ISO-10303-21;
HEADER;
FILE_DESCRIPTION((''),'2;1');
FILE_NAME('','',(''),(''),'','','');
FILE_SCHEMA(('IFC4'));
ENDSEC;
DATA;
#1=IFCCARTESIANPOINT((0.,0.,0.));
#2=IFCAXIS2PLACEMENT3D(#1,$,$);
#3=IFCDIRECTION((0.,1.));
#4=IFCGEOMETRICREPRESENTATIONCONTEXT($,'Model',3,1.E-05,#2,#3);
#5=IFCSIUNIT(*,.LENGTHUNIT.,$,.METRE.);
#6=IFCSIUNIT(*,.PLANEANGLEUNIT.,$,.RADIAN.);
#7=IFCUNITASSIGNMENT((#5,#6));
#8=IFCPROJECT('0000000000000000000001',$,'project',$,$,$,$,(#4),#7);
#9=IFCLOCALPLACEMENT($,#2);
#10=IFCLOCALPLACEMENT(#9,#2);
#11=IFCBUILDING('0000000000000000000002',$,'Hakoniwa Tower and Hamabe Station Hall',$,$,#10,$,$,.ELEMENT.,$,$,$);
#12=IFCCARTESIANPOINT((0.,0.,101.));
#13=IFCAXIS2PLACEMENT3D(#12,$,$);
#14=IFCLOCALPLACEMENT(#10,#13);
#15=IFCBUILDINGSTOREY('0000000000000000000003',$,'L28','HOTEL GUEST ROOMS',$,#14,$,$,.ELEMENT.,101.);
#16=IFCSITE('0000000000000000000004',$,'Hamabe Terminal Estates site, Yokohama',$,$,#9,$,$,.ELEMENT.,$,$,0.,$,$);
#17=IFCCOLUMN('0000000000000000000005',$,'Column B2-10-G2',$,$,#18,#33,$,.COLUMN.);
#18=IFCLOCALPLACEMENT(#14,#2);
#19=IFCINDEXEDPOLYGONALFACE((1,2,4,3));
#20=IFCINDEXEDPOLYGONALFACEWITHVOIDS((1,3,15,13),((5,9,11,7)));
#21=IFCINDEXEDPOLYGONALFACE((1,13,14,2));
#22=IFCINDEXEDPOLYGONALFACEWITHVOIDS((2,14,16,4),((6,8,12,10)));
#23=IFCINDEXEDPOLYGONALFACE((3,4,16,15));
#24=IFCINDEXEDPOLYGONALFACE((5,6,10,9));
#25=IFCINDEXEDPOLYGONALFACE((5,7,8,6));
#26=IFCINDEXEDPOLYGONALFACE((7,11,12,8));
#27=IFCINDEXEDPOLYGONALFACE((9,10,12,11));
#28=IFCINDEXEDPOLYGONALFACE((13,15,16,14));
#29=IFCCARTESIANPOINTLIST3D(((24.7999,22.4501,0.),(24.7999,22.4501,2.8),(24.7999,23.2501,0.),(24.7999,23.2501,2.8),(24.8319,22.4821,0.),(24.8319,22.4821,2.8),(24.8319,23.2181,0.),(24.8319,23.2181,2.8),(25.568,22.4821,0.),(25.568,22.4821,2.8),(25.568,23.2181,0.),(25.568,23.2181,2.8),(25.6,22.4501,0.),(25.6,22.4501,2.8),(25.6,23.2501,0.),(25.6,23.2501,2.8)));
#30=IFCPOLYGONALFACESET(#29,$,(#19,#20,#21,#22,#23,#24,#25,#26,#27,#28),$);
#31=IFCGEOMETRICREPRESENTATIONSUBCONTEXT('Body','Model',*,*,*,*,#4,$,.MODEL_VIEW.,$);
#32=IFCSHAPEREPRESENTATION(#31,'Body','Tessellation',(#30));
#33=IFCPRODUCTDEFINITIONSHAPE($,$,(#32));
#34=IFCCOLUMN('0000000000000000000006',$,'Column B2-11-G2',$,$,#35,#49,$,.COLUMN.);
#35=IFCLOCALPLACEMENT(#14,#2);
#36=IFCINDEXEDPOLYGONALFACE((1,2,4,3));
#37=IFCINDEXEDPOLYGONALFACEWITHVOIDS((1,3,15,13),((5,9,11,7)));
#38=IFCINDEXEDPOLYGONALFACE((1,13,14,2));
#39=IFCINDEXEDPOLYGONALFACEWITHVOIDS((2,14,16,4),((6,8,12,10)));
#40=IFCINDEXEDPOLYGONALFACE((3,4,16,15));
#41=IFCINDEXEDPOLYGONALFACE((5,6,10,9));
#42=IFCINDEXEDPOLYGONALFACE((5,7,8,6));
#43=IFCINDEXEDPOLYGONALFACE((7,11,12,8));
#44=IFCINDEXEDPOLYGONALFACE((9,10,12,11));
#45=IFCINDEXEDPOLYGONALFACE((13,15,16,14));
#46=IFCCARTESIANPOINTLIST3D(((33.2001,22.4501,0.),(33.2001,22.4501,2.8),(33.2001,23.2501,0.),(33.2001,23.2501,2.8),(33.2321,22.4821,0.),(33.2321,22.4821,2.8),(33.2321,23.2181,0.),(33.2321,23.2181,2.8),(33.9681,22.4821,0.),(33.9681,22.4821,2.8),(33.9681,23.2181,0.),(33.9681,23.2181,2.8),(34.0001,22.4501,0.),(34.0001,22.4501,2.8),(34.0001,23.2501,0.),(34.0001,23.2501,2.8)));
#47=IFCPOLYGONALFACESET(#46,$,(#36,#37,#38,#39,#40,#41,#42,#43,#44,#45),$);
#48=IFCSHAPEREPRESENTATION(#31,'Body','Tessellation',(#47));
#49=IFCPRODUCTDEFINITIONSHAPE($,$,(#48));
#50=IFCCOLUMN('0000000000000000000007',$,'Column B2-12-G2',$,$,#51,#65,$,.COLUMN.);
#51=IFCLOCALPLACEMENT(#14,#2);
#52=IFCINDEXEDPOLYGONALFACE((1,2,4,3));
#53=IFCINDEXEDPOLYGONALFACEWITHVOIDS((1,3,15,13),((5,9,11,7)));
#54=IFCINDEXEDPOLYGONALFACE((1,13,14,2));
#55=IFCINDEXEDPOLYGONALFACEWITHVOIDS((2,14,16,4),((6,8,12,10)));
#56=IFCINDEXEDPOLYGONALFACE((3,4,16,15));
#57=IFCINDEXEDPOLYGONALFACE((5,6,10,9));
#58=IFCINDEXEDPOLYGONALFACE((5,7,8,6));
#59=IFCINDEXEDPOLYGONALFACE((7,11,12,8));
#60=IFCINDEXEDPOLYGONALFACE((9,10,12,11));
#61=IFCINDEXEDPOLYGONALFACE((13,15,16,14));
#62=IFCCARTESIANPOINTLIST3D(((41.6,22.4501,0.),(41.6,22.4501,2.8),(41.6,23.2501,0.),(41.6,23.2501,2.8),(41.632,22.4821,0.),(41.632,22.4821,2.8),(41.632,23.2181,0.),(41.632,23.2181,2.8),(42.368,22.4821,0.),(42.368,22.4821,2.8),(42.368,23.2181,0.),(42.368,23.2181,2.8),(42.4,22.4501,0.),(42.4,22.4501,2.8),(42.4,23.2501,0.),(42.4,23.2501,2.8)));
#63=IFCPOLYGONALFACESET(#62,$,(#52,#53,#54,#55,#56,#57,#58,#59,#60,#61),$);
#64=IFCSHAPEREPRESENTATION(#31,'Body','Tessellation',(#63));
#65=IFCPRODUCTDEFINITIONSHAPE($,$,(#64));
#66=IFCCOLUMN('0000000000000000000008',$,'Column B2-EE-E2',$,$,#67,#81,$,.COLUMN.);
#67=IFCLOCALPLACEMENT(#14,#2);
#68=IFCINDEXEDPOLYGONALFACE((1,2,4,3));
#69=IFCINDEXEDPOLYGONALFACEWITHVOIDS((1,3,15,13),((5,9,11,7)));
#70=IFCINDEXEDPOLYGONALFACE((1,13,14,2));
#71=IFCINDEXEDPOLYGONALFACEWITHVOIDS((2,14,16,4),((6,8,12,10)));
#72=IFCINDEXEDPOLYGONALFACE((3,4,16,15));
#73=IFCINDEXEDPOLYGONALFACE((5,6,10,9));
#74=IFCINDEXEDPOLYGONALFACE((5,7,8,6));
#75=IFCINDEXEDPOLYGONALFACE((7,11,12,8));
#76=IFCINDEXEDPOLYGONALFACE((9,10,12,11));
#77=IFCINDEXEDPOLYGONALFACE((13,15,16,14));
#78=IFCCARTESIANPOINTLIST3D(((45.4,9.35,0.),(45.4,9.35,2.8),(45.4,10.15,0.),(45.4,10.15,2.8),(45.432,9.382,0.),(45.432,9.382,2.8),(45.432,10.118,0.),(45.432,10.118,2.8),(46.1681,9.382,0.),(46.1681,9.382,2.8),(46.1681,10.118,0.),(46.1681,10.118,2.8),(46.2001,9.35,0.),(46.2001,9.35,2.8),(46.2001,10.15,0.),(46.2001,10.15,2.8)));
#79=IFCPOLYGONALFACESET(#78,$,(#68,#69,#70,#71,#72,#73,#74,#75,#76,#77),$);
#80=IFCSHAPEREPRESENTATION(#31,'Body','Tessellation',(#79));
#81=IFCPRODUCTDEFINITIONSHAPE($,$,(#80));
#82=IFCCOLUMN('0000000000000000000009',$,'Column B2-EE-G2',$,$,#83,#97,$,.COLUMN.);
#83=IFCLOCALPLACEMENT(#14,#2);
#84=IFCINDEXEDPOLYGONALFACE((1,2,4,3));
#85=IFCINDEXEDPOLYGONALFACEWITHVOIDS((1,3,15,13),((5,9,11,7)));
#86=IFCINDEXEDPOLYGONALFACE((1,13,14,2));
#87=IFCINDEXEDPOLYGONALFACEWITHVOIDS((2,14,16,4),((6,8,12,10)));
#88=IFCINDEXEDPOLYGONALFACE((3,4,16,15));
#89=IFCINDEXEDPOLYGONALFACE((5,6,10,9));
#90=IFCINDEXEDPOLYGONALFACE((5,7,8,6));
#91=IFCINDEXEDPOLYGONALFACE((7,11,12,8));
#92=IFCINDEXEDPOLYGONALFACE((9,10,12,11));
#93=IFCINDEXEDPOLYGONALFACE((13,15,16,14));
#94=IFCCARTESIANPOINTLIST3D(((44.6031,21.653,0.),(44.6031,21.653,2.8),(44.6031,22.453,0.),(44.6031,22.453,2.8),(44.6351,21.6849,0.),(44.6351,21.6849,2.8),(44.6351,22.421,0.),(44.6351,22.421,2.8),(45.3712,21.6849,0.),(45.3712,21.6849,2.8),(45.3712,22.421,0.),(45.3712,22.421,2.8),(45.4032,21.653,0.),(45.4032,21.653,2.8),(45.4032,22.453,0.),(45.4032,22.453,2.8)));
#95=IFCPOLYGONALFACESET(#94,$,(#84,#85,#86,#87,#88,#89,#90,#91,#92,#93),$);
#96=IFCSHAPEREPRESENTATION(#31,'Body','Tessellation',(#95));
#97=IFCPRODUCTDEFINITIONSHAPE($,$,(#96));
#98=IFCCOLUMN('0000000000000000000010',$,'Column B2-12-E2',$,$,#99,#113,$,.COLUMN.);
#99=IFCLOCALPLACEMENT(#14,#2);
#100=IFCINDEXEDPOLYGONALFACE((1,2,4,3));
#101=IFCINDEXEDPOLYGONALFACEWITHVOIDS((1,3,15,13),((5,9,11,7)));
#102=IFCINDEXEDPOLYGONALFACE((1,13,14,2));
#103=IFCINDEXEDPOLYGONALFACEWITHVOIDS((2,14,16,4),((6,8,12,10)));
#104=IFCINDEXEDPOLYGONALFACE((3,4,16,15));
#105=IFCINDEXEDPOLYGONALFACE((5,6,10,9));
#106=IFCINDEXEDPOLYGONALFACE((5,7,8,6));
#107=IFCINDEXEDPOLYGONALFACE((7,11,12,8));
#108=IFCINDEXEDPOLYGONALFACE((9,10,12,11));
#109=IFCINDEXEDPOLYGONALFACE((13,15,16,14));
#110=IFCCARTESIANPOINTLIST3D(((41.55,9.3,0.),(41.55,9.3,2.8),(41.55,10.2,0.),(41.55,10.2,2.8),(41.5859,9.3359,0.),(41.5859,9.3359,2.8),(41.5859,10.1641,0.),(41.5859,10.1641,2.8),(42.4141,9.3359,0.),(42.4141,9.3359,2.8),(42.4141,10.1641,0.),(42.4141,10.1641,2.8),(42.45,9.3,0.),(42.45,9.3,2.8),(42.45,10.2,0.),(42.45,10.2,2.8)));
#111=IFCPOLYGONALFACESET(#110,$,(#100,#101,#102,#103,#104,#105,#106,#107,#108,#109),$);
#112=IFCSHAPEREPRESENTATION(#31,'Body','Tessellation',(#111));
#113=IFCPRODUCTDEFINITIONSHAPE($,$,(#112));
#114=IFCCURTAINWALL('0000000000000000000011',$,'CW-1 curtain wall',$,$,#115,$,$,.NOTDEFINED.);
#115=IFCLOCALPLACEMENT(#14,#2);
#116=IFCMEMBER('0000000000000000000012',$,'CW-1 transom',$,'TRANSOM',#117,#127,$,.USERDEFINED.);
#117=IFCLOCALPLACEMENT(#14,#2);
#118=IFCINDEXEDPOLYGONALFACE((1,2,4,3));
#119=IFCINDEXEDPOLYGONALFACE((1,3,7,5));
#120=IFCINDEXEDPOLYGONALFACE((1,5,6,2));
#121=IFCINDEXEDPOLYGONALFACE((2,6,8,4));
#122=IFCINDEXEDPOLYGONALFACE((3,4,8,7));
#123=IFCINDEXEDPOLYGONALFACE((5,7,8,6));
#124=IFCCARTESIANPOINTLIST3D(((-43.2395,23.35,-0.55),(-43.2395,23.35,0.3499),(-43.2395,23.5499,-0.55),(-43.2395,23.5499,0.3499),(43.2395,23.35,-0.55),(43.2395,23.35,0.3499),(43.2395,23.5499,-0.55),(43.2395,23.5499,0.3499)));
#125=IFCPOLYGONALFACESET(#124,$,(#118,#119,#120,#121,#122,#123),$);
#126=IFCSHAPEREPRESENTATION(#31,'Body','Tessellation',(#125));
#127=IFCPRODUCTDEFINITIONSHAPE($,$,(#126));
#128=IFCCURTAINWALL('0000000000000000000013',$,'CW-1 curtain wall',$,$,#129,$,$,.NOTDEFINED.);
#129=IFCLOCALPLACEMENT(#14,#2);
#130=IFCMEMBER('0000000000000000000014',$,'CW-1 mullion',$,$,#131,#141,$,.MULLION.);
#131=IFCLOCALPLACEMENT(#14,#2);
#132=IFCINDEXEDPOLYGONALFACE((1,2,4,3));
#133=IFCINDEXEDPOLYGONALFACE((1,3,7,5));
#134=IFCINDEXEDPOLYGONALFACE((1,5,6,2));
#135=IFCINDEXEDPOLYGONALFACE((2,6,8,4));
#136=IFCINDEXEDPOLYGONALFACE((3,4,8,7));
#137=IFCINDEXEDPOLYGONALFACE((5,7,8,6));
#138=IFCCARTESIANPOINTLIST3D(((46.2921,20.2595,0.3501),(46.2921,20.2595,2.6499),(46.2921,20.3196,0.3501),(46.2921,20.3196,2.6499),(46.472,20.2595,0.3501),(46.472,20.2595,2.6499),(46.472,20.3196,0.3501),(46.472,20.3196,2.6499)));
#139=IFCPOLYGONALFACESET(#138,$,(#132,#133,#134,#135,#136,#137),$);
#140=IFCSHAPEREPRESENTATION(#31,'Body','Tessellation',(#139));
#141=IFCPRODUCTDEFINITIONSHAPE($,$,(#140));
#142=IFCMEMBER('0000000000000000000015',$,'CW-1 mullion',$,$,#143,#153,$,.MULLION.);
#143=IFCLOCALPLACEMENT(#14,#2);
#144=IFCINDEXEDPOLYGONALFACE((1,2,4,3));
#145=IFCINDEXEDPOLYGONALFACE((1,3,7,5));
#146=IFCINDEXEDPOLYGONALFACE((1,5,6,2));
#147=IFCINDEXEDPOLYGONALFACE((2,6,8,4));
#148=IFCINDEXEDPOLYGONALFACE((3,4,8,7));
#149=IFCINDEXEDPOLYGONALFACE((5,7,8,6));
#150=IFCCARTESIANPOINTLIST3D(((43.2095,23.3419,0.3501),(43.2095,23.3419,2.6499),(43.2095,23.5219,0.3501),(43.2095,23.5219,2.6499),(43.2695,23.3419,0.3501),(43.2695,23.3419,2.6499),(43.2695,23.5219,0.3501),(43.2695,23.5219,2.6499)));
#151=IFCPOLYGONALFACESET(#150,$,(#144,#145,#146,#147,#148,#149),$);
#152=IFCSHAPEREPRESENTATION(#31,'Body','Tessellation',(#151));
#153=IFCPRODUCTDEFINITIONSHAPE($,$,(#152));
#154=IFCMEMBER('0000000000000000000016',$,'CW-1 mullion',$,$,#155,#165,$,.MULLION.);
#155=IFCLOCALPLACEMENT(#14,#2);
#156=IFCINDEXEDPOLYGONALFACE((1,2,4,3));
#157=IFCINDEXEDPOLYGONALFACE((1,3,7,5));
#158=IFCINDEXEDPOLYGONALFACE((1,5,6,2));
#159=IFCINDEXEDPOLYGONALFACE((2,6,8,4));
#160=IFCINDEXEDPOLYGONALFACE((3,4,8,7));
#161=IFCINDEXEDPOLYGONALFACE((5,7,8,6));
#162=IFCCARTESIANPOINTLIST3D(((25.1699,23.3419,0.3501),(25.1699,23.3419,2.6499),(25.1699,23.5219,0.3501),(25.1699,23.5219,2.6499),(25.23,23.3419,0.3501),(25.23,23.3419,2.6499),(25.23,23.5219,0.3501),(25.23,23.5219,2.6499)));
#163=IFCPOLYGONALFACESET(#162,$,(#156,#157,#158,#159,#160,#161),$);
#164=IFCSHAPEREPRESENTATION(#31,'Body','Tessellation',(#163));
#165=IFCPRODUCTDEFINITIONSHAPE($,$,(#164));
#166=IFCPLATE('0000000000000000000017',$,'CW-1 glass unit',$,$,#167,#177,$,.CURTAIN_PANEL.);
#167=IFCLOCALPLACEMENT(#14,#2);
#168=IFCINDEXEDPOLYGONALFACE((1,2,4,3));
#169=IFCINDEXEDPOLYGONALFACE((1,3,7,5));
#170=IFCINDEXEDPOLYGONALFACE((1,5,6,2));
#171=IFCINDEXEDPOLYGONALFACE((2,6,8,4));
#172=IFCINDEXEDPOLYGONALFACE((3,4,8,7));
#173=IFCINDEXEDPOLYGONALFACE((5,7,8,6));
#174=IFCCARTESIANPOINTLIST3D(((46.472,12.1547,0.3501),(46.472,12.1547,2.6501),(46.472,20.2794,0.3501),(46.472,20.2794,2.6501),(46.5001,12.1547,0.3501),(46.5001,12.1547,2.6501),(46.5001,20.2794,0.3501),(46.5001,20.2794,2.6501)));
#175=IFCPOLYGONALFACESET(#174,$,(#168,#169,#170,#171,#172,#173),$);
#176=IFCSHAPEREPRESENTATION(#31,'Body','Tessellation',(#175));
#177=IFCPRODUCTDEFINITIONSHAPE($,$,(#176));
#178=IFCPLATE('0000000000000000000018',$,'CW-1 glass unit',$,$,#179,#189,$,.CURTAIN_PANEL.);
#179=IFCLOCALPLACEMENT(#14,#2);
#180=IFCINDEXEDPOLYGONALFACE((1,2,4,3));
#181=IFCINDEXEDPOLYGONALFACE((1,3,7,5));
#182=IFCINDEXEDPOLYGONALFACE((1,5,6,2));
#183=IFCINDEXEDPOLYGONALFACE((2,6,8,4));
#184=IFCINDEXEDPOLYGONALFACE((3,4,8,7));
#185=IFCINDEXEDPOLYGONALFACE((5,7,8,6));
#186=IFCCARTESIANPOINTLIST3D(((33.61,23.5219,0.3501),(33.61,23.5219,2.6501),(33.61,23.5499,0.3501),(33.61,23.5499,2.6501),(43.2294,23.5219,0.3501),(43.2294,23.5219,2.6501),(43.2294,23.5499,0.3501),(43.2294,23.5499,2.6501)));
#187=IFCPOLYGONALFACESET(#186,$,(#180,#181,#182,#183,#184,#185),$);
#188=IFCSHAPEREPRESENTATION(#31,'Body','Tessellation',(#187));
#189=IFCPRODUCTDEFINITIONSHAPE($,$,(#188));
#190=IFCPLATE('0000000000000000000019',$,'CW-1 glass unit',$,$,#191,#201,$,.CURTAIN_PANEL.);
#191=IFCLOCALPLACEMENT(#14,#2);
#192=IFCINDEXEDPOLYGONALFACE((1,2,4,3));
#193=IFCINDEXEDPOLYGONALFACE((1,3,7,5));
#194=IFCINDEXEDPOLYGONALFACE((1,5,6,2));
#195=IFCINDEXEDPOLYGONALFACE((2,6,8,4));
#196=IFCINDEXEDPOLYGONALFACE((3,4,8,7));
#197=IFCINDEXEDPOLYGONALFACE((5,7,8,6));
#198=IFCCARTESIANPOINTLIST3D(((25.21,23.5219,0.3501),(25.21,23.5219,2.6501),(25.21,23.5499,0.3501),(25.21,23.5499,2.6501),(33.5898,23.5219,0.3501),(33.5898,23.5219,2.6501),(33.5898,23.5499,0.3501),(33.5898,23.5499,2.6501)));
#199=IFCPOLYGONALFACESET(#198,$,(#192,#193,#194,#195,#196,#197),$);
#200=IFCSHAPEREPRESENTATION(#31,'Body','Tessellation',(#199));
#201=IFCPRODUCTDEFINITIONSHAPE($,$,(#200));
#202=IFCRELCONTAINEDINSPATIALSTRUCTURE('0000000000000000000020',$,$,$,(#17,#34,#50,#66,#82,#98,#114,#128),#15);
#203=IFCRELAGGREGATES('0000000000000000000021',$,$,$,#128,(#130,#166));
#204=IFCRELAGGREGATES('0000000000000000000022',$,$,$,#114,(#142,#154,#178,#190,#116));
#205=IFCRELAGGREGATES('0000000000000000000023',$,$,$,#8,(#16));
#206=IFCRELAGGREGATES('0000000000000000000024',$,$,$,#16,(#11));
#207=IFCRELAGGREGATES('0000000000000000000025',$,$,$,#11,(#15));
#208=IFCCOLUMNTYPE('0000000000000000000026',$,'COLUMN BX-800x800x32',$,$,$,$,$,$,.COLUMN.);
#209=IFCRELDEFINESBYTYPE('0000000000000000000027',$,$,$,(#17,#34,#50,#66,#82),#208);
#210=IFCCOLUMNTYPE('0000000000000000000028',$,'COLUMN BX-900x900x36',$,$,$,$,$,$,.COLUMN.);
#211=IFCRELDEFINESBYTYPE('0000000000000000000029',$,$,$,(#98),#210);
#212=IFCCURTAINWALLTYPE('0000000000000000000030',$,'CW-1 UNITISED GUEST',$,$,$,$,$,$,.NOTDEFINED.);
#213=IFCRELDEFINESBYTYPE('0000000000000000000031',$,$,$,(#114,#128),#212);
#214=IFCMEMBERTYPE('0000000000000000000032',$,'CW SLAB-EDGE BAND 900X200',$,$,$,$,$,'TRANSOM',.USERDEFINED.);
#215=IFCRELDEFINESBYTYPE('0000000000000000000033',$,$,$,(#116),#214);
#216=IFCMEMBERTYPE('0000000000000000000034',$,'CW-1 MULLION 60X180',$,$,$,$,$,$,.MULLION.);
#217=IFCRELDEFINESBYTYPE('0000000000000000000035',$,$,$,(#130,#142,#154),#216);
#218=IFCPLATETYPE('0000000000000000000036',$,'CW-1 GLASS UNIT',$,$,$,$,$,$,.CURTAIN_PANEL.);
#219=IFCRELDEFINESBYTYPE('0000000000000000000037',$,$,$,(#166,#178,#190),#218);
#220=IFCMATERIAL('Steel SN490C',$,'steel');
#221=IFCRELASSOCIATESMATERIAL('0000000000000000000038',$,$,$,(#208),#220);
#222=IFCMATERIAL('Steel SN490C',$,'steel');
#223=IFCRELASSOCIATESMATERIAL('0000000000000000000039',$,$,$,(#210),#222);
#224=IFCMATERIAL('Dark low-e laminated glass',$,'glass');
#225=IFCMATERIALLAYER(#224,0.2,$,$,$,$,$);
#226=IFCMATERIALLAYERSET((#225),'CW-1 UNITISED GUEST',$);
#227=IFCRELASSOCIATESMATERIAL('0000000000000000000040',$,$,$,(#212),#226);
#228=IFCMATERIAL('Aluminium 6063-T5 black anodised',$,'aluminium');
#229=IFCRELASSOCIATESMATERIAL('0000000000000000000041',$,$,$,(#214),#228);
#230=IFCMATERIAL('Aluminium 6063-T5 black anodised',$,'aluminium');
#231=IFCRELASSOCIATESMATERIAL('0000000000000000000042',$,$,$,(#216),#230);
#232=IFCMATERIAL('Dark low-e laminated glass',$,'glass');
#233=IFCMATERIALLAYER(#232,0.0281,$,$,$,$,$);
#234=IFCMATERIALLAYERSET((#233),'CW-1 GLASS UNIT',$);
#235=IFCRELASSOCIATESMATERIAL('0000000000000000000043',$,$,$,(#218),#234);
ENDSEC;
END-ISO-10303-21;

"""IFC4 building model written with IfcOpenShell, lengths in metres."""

from ifc_helpers import new_model, si_unit, direction, frame, origin, origin_2d, place, context, subcontext, project, spatial, rectangle, hollow_rectangle, extrude, material, layer, layer_set, material_profile, profile_set, type_object, element, aggregate, save


model = new_model("IFC4")

# Units and contexts
model_context = context("Model", 3, precision=1e-05, world=origin(), true_north=direction((0.0, 1.0)))
body_context = subcontext(model_context, "Body", "Model", "MODEL_VIEW")
ifc_project = project(units=[si_unit("LENGTHUNIT", "METRE"), si_unit("PLANEANGLEUNIT", "RADIAN")], contexts=[model_context])

# Site, building, storey
site_placement = place(None, origin())
site = spatial("IfcSite", under=ifc_project, at=site_placement, Name="Hamabe Terminal Estates site, Yokohama", CompositionType="ELEMENT", RefElevation=0.0)
building_placement = place(site_placement, origin())
building = spatial("IfcBuilding", under=site, at=building_placement, Name="Hakoniwa Tower and Hamabe Station Hall", CompositionType="ELEMENT")
storey_placement = place(building_placement, frame((0.0, 0.0, 101.0)))
storey = spatial("IfcBuildingStorey", under=building, at=storey_placement, Name="L28", Description="HOTEL GUEST ROOMS", CompositionType="ELEMENT", Elevation=101.0)

# Columns
ifc_material_1 = material(Name="Steel SN490C", Category="steel")
ifc_material_profile_1 = material_profile(ifc_material_1, hollow_rectangle(XDim=0.8, YDim=0.8, WallThickness=0.032, at=origin_2d()), Name="BX-800x800x32")
ifc_profile_set_1 = profile_set([ifc_material_profile_1], Name="Steel SN490C")
column_type_1 = type_object("IfcColumnType", Name="COLUMN BX-800x800x32", PredefinedType="COLUMN", material=ifc_profile_set_1)
for number, where, z_axis, x_axis, name in (
    (1, (25.2, 22.8501, 0.0), (0.0, 0.0, 1.0), (1.0, 0.0, 0.0), "Column B2-10-G2"),
    (2, (33.6001, 22.8501, 0.0), (0.0, 0.0, 1.0), (1.0, 0.0, 0.0), "Column B2-11-G2"),
    (3, (42.0, 22.8501, 0.0), (0.0, 0.0, 1.0), (1.0, 0.0, 0.0), "Column B2-12-G2"),
    (4, (45.8, 9.75, 0.0), (0.0, 0.0, 1.0), (1.0, 0.0, 0.0), "Column B2-EE-E2"),
    (5, (45.0032, 22.053, 0.0), (0.0, 0.0, 1.0), (1.0, 0.0, 0.0), "Column B2-EE-G2"),
):
    element("IfcColumn", number, at=place(storey_placement, frame(where, z_axis=z_axis, x_axis=x_axis)), inside=storey, type_object=column_type_1, Name=name, PredefinedType="COLUMN", context=body_context, shape_type="SweptSolid", body=[
        extrude(hollow_rectangle(XDim=0.8, YDim=0.8, WallThickness=0.032, at=origin_2d()), origin(), (0.0, 0.0, 1.0), 2.8),
    ])
ifc_material_2 = material(Name="Steel SN490C", Category="steel")
ifc_material_profile_2 = material_profile(ifc_material_2, hollow_rectangle(XDim=0.8999, YDim=0.8999, WallThickness=0.0359, at=origin_2d()), Name="BX-900x900x36")
ifc_profile_set_2 = profile_set([ifc_material_profile_2], Name="Steel SN490C")
column_type_2 = type_object("IfcColumnType", Name="COLUMN BX-900x900x36", PredefinedType="COLUMN", material=ifc_profile_set_2)
column_placement = place(storey_placement, frame((42.0, 9.75, 0.0), z_axis=(0.0, 0.0, 1.0), x_axis=(1.0, 0.0, 0.0)))
element("IfcColumn", 6, at=column_placement, inside=storey, type_object=column_type_2, Name="Column B2-12-E2", PredefinedType="COLUMN", context=body_context, shape_type="SweptSolid", body=[
    extrude(hollow_rectangle(XDim=0.8999, YDim=0.8999, WallThickness=0.0359, at=origin_2d()), origin(), (0.0, 0.0, 1.0), 2.8),
])

# Curtain walls, members
ifc_material_3 = material(Name="Dark low-e laminated glass", Category="glass")
ifc_layer_1 = layer(ifc_material_3, 0.2)
ifc_layer_set_1 = layer_set([ifc_layer_1], Name="CW-1 UNITISED GUEST")
curtain_wall_type = type_object("IfcCurtainWallType", Name="CW-1 UNITISED GUEST", PredefinedType="NOTDEFINED", material=ifc_layer_set_1)
curtain_wall_1_placement = place(storey_placement, origin())
curtain_wall_1 = element("IfcCurtainWall", 7, at=curtain_wall_1_placement, inside=storey, type_object=curtain_wall_type, Name="CW-1 curtain wall", PredefinedType="NOTDEFINED")
ifc_material_4 = material(Name="Aluminium 6063-T5 black anodised", Category="aluminium")
ifc_material_profile_3 = material_profile(ifc_material_4, rectangle(XDim=0.2, YDim=0.8999, at=origin_2d()), Name="CW SLAB-EDGE BAND 900X200")
ifc_profile_set_3 = profile_set([ifc_material_profile_3], Name="Aluminium 6063-T5 black anodised")
member_type_1 = type_object("IfcMemberType", Name="CW SLAB-EDGE BAND 900X200", ElementType="TRANSOM", PredefinedType="USERDEFINED", material=ifc_profile_set_3)
member_1_placement = place(storey_placement, frame((43.2395, 23.45, -0.1001), z_axis=(-1.0, 0.0, 0.0), x_axis=(0.0, -1.0, 0.0)))
member_1 = element("IfcMember", 8, at=member_1_placement, type_object=member_type_1, Name="CW-1 transom", ObjectType="TRANSOM", PredefinedType="USERDEFINED", context=body_context, shape_type="SweptSolid", body=[
    extrude(rectangle(XDim=0.2, YDim=0.8999, at=origin_2d()), origin(), (0.0, 0.0, 1.0), 86.479),
])
curtain_wall_2_placement = place(storey_placement, origin())
curtain_wall_2 = element("IfcCurtainWall", 9, at=curtain_wall_2_placement, inside=storey, type_object=curtain_wall_type, Name="CW-1 curtain wall", PredefinedType="NOTDEFINED")
ifc_material_5 = material(Name="Aluminium 6063-T5 black anodised", Category="aluminium")
ifc_material_profile_4 = material_profile(ifc_material_5, rectangle(XDim=0.0601, YDim=0.1799, at=origin_2d()), Name="CW-1 MULLION 60X180")
ifc_profile_set_4 = profile_set([ifc_material_profile_4], Name="Aluminium 6063-T5 black anodised")
member_type_2 = type_object("IfcMemberType", Name="CW-1 MULLION 60X180", PredefinedType="MULLION", material=ifc_profile_set_4)
member_2_placement = place(storey_placement, frame((46.3821, 20.2896, 0.3501), z_axis=(0.0, 0.0, 1.0), x_axis=(0.0, 1.0, 0.0)))
member_2 = element("IfcMember", 10, at=member_2_placement, type_object=member_type_2, Name="CW-1 mullion", PredefinedType="MULLION", context=body_context, shape_type="SweptSolid", body=[
    extrude(rectangle(XDim=0.0601, YDim=0.1799, at=origin_2d()), origin(), (0.0, 0.0, 1.0), 2.2998),
])

# Members
member_3_placement = place(storey_placement, frame((43.2395, 23.4319, 0.3501), z_axis=(0.0, 0.0, 1.0), x_axis=(-1.0, 0.0, 0.0)))
member_3 = element("IfcMember", 11, at=member_3_placement, type_object=member_type_2, Name="CW-1 mullion", PredefinedType="MULLION", context=body_context, shape_type="SweptSolid", body=[
    extrude(rectangle(XDim=0.0601, YDim=0.1799, at=origin_2d()), origin(), (0.0, 0.0, 1.0), 2.2998),
])
member_4_placement = place(storey_placement, frame((25.2, 23.4319, 0.3501), z_axis=(0.0, 0.0, 1.0), x_axis=(-1.0, 0.0, 0.0)))
member_4 = element("IfcMember", 12, at=member_4_placement, type_object=member_type_2, Name="CW-1 mullion", PredefinedType="MULLION", context=body_context, shape_type="SweptSolid", body=[
    extrude(rectangle(XDim=0.0601, YDim=0.1799, at=origin_2d()), origin(), (0.0, 0.0, 1.0), 2.2998),
])

# Plates
ifc_material_6 = material(Name="Dark low-e laminated glass", Category="glass")
ifc_layer_2 = layer(ifc_material_6, 0.0281)
ifc_layer_set_2 = layer_set([ifc_layer_2], Name="CW-1 GLASS UNIT")
plate_type = type_object("IfcPlateType", Name="CW-1 GLASS UNIT", PredefinedType="CURTAIN_PANEL", material=ifc_layer_set_2)
plate_1_placement = place(storey_placement, frame((46.4861, 16.217, 0.3501), z_axis=(0.0, 0.0, 1.0), x_axis=(0.0, 1.0, 0.0)))
plate_1 = element("IfcPlate", 13, at=plate_1_placement, type_object=plate_type, Name="CW-1 glass unit", PredefinedType="CURTAIN_PANEL", context=body_context, shape_type="SweptSolid", body=[
    extrude(rectangle(XDim=8.1248, YDim=0.0281, at=origin_2d()), origin(), (0.0, 0.0, 1.0), 2.3),
])
aggregate(curtain_wall_2, [member_2, plate_1])
plate_2_placement = place(storey_placement, frame((38.4197, 23.5359, 0.3501), z_axis=(0.0, 0.0, 1.0), x_axis=(-1.0, 0.0, 0.0)))
plate_2 = element("IfcPlate", 14, at=plate_2_placement, type_object=plate_type, Name="CW-1 glass unit", PredefinedType="CURTAIN_PANEL", context=body_context, shape_type="SweptSolid", body=[
    extrude(rectangle(XDim=9.6194, YDim=0.0281, at=origin_2d()), origin(), (0.0, 0.0, 1.0), 2.3),
])
plate_3_placement = place(storey_placement, frame((29.3999, 23.5359, 0.3501), z_axis=(0.0, 0.0, 1.0), x_axis=(-1.0, 0.0, 0.0)))
plate_3 = element("IfcPlate", 15, at=plate_3_placement, type_object=plate_type, Name="CW-1 glass unit", PredefinedType="CURTAIN_PANEL", context=body_context, shape_type="SweptSolid", body=[
    extrude(rectangle(XDim=8.3799, YDim=0.0281, at=origin_2d()), origin(), (0.0, 0.0, 1.0), 2.3),
])
aggregate(curtain_wall_1, [member_3, member_4, plate_2, plate_3, member_1])

save(model, "model.ifc")
